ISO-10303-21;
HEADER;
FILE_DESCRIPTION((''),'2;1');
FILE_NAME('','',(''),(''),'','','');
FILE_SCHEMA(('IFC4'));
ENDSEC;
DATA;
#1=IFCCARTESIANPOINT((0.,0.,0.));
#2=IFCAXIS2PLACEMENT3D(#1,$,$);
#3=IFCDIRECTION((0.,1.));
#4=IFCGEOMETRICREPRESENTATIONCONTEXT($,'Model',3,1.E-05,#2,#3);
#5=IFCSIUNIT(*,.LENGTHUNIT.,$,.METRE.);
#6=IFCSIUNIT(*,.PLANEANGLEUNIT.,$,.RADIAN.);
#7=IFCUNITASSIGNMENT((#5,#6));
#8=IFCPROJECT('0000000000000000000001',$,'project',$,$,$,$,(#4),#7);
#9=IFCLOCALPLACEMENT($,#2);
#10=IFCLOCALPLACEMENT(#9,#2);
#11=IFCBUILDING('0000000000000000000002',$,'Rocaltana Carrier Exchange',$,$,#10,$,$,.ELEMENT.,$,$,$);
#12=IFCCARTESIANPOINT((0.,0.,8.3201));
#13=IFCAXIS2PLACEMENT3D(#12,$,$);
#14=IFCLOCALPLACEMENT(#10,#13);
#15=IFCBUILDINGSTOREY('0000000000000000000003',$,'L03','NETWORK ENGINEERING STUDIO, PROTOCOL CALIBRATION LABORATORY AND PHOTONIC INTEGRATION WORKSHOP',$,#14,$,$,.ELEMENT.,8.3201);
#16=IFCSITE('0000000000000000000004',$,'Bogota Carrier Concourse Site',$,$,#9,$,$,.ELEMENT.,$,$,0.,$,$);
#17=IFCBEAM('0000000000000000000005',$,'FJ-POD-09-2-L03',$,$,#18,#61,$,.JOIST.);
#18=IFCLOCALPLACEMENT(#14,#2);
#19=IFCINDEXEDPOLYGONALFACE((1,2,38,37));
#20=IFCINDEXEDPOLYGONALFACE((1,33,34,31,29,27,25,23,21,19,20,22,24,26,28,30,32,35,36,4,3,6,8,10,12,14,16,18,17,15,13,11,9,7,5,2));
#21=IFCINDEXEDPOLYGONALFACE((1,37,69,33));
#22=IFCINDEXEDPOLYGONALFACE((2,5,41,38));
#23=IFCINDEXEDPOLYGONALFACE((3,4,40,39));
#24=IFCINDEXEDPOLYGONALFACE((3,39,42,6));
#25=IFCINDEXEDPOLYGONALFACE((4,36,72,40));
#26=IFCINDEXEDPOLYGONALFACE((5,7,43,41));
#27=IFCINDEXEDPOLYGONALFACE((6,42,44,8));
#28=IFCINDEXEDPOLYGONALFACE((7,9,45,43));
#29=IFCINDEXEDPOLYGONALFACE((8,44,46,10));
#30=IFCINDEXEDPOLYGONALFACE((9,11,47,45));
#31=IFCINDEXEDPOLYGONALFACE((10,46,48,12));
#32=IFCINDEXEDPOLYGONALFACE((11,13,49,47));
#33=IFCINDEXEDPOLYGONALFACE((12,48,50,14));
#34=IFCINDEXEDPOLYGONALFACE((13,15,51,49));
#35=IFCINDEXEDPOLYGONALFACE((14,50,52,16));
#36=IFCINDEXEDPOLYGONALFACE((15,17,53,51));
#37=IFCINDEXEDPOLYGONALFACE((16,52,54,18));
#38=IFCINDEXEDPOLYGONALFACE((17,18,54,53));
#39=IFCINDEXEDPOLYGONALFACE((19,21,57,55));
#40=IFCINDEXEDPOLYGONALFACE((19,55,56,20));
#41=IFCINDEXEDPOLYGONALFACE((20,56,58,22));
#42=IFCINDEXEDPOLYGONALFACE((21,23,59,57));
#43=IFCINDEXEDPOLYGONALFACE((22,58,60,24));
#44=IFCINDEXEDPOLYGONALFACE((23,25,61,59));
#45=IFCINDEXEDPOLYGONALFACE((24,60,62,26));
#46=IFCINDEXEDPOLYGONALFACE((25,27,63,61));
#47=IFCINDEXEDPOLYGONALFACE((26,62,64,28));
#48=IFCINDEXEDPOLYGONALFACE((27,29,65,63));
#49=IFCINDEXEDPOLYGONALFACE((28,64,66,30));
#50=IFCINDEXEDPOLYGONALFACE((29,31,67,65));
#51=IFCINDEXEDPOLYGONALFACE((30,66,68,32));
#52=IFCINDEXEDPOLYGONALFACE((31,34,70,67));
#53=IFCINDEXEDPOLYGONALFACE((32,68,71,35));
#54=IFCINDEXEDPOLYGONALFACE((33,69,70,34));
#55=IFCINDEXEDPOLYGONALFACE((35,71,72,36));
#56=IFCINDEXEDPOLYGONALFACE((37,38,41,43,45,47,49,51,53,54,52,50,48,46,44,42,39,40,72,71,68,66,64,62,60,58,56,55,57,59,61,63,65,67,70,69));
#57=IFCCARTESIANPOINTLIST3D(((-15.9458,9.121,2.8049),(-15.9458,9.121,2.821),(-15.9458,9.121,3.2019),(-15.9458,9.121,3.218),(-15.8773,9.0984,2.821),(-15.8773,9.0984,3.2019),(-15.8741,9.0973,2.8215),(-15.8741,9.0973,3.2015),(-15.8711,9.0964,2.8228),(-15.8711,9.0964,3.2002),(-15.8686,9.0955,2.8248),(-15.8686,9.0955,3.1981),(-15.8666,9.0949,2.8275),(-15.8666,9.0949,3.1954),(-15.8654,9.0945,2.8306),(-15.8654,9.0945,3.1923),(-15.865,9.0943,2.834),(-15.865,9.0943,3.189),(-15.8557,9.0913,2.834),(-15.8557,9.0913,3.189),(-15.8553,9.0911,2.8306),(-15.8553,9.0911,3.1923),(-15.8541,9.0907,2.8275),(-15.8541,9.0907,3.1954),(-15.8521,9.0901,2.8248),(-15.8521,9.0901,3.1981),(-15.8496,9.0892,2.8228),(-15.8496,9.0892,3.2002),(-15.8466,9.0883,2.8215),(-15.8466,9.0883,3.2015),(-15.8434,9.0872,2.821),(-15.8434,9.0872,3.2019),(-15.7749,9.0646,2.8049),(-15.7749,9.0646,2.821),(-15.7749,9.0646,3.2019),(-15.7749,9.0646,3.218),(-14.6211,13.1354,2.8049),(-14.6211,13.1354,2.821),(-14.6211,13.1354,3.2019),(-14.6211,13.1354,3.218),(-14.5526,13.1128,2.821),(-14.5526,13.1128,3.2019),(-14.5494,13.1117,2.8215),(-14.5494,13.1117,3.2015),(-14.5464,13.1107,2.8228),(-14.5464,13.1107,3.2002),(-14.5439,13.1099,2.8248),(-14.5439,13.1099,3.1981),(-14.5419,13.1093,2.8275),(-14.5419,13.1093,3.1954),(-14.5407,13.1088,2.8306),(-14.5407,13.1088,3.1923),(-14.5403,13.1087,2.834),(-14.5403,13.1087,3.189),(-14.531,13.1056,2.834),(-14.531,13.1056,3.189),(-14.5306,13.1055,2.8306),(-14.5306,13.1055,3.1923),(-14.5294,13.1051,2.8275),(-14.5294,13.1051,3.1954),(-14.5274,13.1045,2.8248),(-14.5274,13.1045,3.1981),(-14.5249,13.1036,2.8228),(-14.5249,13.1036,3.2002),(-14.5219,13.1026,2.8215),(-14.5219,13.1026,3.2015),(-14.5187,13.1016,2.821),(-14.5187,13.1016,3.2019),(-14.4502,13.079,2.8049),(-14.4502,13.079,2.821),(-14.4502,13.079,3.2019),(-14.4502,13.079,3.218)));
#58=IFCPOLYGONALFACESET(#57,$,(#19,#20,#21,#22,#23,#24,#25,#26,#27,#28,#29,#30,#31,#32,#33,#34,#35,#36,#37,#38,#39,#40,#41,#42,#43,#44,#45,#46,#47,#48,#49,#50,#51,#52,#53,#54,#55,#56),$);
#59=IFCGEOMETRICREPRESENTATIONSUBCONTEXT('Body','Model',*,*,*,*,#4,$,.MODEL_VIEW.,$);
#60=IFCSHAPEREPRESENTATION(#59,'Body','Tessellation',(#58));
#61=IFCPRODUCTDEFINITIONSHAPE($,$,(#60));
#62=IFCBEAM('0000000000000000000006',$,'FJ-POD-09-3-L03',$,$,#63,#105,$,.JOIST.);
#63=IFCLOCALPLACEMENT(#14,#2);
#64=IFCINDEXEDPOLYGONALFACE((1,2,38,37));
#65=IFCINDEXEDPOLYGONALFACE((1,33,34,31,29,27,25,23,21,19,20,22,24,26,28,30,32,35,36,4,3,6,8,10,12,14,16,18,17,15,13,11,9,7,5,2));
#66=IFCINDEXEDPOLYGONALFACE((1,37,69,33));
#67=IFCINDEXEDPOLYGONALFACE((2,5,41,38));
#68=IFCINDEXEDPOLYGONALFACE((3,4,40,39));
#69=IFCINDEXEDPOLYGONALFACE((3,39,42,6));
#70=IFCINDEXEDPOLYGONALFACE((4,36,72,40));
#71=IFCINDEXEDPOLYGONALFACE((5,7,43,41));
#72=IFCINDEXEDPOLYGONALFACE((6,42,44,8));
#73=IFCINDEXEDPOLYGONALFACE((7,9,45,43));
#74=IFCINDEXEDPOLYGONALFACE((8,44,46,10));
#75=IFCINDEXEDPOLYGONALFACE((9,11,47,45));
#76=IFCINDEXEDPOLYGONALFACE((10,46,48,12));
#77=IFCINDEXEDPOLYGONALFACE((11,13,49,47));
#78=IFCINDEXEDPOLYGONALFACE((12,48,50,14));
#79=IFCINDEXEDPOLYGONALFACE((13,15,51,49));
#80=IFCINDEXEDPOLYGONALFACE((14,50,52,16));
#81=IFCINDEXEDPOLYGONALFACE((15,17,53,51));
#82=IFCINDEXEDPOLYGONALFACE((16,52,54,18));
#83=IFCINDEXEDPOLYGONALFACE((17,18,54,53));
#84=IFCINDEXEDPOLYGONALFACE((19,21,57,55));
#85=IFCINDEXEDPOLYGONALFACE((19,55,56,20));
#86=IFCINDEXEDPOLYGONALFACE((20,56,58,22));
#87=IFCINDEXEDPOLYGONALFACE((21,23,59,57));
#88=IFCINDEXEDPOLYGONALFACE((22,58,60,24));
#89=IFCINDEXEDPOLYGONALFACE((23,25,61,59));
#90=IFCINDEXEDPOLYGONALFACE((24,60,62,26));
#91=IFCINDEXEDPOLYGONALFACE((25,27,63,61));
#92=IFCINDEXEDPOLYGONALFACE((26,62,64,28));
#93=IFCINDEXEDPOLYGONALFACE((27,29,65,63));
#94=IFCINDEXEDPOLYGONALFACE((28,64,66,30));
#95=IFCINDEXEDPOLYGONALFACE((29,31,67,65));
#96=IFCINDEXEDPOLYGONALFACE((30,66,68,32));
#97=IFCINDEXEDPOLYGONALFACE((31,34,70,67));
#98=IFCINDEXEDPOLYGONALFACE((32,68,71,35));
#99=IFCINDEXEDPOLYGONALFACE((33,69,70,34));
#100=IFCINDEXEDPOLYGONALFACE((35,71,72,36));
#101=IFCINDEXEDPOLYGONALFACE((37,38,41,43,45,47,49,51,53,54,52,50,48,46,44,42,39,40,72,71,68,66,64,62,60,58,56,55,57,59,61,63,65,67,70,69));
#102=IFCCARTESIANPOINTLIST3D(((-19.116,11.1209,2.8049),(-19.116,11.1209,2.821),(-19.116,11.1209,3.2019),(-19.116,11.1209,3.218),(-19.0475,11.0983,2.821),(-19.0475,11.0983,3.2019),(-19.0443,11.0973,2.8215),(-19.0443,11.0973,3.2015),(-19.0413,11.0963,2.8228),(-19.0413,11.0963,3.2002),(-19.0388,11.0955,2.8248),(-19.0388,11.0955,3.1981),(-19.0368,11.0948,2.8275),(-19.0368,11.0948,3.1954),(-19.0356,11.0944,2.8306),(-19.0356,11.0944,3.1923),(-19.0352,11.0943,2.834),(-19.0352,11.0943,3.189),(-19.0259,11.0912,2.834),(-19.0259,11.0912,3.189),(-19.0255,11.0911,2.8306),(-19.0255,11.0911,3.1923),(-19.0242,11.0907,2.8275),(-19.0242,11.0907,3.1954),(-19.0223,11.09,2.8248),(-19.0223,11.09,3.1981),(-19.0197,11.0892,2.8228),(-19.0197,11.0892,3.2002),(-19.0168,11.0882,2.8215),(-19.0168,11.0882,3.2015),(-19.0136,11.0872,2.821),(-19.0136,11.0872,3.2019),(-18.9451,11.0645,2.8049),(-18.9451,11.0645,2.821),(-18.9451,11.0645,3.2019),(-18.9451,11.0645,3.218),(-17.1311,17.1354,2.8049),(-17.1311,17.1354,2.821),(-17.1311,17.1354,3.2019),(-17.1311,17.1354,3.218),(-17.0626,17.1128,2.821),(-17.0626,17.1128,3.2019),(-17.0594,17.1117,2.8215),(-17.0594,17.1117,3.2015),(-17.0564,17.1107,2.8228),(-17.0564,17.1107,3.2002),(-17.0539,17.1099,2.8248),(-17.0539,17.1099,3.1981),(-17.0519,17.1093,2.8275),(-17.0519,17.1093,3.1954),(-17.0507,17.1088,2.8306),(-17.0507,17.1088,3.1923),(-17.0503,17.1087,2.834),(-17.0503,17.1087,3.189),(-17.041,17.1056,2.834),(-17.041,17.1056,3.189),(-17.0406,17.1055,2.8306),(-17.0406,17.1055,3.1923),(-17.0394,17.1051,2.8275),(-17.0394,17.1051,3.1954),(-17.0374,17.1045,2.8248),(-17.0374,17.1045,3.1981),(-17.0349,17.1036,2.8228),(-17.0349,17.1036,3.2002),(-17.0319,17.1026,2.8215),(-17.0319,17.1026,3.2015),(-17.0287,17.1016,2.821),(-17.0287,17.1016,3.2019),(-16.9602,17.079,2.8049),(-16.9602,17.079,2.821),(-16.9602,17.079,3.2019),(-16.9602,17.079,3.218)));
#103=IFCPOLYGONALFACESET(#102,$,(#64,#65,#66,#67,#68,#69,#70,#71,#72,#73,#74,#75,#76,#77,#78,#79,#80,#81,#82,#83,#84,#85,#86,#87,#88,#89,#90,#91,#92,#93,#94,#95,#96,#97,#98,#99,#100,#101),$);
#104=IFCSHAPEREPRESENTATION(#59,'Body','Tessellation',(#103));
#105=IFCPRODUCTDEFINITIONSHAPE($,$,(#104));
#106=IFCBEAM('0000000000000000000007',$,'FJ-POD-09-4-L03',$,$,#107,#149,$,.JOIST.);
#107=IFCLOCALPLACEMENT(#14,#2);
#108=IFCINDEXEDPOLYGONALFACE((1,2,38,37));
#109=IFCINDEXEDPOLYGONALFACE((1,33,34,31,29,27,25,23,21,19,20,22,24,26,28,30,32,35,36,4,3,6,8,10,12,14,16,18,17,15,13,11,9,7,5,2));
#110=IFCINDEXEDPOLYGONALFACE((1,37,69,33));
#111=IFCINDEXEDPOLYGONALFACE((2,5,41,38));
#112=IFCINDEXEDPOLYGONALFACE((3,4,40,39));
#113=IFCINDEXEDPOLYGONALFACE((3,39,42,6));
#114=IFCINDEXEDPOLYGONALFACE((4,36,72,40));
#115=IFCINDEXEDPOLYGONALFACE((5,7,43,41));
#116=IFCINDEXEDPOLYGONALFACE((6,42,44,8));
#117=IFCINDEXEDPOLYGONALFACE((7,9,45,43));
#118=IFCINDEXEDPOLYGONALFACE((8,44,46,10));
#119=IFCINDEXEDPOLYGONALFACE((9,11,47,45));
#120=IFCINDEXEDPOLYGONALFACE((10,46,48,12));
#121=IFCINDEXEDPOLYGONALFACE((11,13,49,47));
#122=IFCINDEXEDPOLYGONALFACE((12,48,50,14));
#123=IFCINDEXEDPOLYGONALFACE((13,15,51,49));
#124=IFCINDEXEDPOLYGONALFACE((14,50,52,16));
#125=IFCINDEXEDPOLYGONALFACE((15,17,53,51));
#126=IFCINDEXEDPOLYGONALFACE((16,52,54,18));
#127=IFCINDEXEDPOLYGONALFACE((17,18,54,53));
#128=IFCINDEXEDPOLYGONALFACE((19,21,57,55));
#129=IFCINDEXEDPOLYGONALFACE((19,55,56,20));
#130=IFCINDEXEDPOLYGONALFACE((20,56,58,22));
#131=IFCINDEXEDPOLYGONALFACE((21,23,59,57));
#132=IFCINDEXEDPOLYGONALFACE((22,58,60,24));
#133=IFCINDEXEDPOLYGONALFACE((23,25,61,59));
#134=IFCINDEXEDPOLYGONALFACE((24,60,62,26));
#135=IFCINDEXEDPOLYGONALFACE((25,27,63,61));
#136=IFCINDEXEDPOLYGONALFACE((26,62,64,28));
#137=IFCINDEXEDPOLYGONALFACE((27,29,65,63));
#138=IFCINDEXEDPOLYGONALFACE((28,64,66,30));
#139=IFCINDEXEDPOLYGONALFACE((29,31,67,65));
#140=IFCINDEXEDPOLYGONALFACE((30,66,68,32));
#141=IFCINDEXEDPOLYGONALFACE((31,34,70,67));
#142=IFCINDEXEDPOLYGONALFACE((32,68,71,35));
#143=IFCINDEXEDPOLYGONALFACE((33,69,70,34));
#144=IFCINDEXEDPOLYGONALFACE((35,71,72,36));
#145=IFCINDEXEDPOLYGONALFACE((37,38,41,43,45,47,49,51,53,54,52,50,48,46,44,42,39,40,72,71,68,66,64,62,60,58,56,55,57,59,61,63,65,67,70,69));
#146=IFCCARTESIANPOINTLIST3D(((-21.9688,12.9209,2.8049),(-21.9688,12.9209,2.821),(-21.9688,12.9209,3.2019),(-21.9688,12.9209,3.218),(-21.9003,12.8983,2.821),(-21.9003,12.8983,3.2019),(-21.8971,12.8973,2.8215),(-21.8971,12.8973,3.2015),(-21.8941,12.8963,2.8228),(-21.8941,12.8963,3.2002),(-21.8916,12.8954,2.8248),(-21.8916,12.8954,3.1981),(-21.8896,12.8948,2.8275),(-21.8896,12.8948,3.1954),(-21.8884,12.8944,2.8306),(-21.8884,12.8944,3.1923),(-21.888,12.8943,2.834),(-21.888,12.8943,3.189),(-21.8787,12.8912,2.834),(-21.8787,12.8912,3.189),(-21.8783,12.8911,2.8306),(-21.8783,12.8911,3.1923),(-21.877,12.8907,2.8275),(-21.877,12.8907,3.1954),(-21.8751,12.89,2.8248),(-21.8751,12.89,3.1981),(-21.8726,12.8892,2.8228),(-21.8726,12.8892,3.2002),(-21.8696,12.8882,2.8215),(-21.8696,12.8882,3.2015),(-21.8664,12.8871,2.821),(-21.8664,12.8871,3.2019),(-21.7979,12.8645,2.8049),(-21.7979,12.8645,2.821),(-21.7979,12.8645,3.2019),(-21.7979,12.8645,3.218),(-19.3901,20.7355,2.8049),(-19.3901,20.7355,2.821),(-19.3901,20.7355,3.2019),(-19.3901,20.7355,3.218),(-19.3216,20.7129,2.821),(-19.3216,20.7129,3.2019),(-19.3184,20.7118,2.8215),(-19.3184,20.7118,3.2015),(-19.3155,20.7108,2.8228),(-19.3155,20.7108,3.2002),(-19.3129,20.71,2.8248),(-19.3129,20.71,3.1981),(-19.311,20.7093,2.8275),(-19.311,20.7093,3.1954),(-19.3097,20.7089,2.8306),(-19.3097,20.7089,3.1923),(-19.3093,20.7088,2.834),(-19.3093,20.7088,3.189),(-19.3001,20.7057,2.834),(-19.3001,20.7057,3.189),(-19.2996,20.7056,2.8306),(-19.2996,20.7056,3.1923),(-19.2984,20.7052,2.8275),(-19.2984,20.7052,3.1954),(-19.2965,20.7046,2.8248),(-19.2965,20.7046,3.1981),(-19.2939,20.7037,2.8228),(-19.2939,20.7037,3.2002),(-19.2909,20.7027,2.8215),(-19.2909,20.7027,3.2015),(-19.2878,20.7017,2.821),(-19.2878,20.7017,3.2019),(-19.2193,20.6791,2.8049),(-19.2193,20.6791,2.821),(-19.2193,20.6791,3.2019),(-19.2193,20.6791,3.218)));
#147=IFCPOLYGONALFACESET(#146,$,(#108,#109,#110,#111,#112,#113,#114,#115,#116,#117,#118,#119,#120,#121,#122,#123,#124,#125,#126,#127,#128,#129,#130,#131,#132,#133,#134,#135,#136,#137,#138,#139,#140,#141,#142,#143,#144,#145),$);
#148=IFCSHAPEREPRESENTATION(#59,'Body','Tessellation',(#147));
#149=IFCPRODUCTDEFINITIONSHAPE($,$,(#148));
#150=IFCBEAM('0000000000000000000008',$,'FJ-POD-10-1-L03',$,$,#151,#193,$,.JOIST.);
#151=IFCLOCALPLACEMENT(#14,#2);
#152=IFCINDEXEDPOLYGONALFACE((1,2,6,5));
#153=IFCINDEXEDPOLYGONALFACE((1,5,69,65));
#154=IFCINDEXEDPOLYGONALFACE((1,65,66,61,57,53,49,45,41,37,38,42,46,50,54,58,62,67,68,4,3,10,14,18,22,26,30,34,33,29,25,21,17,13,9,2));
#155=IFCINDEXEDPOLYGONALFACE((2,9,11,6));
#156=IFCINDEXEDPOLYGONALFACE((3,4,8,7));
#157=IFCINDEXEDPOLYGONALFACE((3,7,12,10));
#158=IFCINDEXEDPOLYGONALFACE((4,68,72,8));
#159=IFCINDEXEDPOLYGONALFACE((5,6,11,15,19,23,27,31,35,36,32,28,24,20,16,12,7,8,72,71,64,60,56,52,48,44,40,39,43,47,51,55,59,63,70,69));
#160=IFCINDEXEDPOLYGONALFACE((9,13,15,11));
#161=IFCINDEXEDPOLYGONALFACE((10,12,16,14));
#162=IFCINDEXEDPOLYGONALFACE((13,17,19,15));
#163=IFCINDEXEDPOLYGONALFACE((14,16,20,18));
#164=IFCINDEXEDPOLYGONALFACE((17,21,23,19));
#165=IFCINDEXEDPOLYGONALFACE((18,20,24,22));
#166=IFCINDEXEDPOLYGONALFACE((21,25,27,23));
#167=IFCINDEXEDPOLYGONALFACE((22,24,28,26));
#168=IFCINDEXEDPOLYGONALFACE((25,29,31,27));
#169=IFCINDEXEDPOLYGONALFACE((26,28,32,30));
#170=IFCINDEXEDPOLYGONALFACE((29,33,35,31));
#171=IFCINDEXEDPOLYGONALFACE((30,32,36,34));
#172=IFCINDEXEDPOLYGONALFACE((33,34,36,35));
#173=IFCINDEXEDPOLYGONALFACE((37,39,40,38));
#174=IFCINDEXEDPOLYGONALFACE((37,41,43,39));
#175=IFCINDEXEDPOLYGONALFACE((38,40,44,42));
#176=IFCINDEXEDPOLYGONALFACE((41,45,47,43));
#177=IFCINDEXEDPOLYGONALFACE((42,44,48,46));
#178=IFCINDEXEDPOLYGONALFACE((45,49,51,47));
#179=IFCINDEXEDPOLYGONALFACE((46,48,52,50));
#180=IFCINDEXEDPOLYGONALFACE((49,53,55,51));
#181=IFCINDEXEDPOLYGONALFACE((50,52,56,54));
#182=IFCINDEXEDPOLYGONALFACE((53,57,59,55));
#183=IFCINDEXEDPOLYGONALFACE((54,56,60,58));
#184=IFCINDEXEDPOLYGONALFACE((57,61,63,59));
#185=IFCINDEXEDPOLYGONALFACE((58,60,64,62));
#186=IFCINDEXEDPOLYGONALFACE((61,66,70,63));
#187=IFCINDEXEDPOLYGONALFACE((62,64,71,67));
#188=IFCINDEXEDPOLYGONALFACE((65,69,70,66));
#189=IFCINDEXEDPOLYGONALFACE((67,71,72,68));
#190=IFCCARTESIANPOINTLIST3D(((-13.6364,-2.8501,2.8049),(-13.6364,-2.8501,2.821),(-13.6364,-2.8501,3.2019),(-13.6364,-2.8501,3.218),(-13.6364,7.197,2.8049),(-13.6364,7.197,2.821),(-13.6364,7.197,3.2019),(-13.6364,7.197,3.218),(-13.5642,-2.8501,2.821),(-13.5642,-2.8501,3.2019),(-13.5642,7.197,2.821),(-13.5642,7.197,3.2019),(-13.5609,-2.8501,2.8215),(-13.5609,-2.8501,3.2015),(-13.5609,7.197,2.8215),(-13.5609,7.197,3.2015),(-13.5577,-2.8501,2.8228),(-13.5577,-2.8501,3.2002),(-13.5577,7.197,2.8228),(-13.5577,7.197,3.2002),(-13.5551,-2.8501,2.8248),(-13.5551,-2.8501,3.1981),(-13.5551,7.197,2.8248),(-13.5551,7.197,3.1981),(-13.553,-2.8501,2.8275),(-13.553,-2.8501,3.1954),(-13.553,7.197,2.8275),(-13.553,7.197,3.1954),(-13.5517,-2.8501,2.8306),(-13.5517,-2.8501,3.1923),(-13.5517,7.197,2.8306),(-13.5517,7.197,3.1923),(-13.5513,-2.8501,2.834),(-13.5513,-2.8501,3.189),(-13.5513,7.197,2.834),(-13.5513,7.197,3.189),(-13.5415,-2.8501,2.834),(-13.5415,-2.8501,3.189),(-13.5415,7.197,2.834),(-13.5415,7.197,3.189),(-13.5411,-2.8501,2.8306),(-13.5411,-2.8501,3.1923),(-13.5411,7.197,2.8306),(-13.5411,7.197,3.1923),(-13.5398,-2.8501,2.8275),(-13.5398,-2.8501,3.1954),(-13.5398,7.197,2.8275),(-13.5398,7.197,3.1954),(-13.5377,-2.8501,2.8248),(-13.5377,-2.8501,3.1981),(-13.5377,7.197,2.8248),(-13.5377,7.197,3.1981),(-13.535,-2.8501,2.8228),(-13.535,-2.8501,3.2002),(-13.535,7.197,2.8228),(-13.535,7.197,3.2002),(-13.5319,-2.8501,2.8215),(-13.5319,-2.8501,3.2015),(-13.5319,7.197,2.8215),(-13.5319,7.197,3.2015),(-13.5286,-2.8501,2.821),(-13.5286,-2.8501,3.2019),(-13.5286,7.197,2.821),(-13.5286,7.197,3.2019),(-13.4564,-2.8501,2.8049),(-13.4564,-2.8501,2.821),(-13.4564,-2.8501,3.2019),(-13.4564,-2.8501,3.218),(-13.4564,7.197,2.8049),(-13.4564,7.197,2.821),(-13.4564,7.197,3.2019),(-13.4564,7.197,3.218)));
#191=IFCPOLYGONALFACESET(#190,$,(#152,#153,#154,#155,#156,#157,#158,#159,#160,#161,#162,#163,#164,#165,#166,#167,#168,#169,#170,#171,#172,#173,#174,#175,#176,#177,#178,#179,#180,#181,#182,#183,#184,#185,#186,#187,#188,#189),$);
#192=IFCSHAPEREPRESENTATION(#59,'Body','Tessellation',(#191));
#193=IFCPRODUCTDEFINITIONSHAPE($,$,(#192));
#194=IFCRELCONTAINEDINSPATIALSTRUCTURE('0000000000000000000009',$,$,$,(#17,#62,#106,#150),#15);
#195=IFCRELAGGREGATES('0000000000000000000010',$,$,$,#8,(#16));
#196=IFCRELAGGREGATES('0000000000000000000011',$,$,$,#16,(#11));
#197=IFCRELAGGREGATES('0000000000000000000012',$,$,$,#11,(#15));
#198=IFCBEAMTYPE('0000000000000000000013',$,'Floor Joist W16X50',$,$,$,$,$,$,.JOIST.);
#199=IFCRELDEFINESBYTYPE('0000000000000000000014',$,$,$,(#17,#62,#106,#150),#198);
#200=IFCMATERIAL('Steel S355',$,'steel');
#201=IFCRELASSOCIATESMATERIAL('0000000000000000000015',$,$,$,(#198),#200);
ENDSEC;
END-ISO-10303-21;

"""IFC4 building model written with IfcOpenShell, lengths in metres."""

from ifc_helpers import new_model, si_unit, direction, frame, origin, origin_2d, place, context, subcontext, project, spatial, i_section, extrude, material, material_profile, profile_set, type_object, element, save


model = new_model("IFC4")

# Units and contexts
model_context = context("Model", 3, precision=1e-05, world=origin(), true_north=direction((0.0, 1.0)))
body_context = subcontext(model_context, "Body", "Model", "MODEL_VIEW")
ifc_project = project(units=[si_unit("LENGTHUNIT", "METRE"), si_unit("PLANEANGLEUNIT", "RADIAN")], contexts=[model_context])

# Site, building, storey
site_placement = place(None, origin())
site = spatial("IfcSite", under=ifc_project, at=site_placement, Name="Bogota Carrier Concourse Site", CompositionType="ELEMENT", RefElevation=0.0)
building_placement = place(site_placement, origin())
building = spatial("IfcBuilding", under=site, at=building_placement, Name="Rocaltana Carrier Exchange", CompositionType="ELEMENT")
storey_placement = place(building_placement, frame((0.0, 0.0, 8.3201)))
storey = spatial("IfcBuildingStorey", under=building, at=storey_placement, Name="L03", Description="NETWORK ENGINEERING STUDIO, PROTOCOL CALIBRATION LABORATORY AND PHOTONIC INTEGRATION WORKSHOP", CompositionType="ELEMENT", Elevation=8.3201)

# Beams
ifc_material_1 = material(Name="Steel S355", Category="steel")
ifc_material_profile_1 = material_profile(ifc_material_1, i_section(OverallWidth=0.1799, OverallDepth=0.4131, WebThickness=0.0098, FlangeThickness=0.0161, FilletRadius=0.0129, at=origin_2d()), Name="W16X50")
ifc_profile_set_1 = profile_set([ifc_material_profile_1], Name="Steel S355")
beam_type_1 = type_object("IfcBeamType", Name="Floor Joist W16X50", PredefinedType="JOIST", material=ifc_profile_set_1)
beam_1_placement = place(storey_placement, frame((-14.5356, 13.1072, 3.0115), z_axis=(-0.313368, -0.949632, 0.0), x_axis=(0.949632, -0.313368, 0.0)))
element("IfcBeam", 1, at=beam_1_placement, inside=storey, type_object=beam_type_1, Name="FJ-POD-09-2-L03", PredefinedType="JOIST", context=body_context, shape_type="SweptSolid", body=[
    extrude(i_section(OverallWidth=0.1799, OverallDepth=0.4131, WebThickness=0.0098, FlangeThickness=0.0161, FilletRadius=0.0129, at=origin_2d()), origin(), (0.0, 0.0, 1.0), 4.2273),
])
beam_2_placement = place(storey_placement, frame((-17.0457, 17.1072, 3.0115), z_axis=(-0.313393, -0.949623, 0.0), x_axis=(0.949623, -0.313393, 0.0)))
element("IfcBeam", 2, at=beam_2_placement, inside=storey, type_object=beam_type_1, Name="FJ-POD-09-3-L03", PredefinedType="JOIST", context=body_context, shape_type="SweptSolid", body=[
    extrude(i_section(OverallWidth=0.1799, OverallDepth=0.4131, WebThickness=0.0098, FlangeThickness=0.0161, FilletRadius=0.0129, at=origin_2d()), origin(), (0.0, 0.0, 1.0), 6.3335),
])
beam_3_placement = place(storey_placement, frame((-19.3047, 20.7073, 3.0115), z_axis=(-0.31336, -0.949634, 0.0), x_axis=(0.949634, -0.31336, 0.0)))
element("IfcBeam", 3, at=beam_3_placement, inside=storey, type_object=beam_type_1, Name="FJ-POD-09-4-L03", PredefinedType="JOIST", context=body_context, shape_type="SweptSolid", body=[
    extrude(i_section(OverallWidth=0.1799, OverallDepth=0.4131, WebThickness=0.0098, FlangeThickness=0.0161, FilletRadius=0.0129, at=origin_2d()), origin(), (0.0, 0.0, 1.0), 8.229),
])
beam_4_placement = place(storey_placement, frame((-13.5464, 7.197, 3.0115), z_axis=(0.0, -1.0, 0.0), x_axis=(1.0, 0.0, 0.0)))
element("IfcBeam", 4, at=beam_4_placement, inside=storey, type_object=beam_type_1, Name="FJ-POD-10-1-L03", PredefinedType="JOIST", context=body_context, shape_type="SweptSolid", body=[
    extrude(i_section(OverallWidth=0.1799, OverallDepth=0.4131, WebThickness=0.0098, FlangeThickness=0.0161, FilletRadius=0.0129, at=origin_2d()), origin(), (0.0, 0.0, 1.0), 10.0471),
])

save(model, "model.ifc")
